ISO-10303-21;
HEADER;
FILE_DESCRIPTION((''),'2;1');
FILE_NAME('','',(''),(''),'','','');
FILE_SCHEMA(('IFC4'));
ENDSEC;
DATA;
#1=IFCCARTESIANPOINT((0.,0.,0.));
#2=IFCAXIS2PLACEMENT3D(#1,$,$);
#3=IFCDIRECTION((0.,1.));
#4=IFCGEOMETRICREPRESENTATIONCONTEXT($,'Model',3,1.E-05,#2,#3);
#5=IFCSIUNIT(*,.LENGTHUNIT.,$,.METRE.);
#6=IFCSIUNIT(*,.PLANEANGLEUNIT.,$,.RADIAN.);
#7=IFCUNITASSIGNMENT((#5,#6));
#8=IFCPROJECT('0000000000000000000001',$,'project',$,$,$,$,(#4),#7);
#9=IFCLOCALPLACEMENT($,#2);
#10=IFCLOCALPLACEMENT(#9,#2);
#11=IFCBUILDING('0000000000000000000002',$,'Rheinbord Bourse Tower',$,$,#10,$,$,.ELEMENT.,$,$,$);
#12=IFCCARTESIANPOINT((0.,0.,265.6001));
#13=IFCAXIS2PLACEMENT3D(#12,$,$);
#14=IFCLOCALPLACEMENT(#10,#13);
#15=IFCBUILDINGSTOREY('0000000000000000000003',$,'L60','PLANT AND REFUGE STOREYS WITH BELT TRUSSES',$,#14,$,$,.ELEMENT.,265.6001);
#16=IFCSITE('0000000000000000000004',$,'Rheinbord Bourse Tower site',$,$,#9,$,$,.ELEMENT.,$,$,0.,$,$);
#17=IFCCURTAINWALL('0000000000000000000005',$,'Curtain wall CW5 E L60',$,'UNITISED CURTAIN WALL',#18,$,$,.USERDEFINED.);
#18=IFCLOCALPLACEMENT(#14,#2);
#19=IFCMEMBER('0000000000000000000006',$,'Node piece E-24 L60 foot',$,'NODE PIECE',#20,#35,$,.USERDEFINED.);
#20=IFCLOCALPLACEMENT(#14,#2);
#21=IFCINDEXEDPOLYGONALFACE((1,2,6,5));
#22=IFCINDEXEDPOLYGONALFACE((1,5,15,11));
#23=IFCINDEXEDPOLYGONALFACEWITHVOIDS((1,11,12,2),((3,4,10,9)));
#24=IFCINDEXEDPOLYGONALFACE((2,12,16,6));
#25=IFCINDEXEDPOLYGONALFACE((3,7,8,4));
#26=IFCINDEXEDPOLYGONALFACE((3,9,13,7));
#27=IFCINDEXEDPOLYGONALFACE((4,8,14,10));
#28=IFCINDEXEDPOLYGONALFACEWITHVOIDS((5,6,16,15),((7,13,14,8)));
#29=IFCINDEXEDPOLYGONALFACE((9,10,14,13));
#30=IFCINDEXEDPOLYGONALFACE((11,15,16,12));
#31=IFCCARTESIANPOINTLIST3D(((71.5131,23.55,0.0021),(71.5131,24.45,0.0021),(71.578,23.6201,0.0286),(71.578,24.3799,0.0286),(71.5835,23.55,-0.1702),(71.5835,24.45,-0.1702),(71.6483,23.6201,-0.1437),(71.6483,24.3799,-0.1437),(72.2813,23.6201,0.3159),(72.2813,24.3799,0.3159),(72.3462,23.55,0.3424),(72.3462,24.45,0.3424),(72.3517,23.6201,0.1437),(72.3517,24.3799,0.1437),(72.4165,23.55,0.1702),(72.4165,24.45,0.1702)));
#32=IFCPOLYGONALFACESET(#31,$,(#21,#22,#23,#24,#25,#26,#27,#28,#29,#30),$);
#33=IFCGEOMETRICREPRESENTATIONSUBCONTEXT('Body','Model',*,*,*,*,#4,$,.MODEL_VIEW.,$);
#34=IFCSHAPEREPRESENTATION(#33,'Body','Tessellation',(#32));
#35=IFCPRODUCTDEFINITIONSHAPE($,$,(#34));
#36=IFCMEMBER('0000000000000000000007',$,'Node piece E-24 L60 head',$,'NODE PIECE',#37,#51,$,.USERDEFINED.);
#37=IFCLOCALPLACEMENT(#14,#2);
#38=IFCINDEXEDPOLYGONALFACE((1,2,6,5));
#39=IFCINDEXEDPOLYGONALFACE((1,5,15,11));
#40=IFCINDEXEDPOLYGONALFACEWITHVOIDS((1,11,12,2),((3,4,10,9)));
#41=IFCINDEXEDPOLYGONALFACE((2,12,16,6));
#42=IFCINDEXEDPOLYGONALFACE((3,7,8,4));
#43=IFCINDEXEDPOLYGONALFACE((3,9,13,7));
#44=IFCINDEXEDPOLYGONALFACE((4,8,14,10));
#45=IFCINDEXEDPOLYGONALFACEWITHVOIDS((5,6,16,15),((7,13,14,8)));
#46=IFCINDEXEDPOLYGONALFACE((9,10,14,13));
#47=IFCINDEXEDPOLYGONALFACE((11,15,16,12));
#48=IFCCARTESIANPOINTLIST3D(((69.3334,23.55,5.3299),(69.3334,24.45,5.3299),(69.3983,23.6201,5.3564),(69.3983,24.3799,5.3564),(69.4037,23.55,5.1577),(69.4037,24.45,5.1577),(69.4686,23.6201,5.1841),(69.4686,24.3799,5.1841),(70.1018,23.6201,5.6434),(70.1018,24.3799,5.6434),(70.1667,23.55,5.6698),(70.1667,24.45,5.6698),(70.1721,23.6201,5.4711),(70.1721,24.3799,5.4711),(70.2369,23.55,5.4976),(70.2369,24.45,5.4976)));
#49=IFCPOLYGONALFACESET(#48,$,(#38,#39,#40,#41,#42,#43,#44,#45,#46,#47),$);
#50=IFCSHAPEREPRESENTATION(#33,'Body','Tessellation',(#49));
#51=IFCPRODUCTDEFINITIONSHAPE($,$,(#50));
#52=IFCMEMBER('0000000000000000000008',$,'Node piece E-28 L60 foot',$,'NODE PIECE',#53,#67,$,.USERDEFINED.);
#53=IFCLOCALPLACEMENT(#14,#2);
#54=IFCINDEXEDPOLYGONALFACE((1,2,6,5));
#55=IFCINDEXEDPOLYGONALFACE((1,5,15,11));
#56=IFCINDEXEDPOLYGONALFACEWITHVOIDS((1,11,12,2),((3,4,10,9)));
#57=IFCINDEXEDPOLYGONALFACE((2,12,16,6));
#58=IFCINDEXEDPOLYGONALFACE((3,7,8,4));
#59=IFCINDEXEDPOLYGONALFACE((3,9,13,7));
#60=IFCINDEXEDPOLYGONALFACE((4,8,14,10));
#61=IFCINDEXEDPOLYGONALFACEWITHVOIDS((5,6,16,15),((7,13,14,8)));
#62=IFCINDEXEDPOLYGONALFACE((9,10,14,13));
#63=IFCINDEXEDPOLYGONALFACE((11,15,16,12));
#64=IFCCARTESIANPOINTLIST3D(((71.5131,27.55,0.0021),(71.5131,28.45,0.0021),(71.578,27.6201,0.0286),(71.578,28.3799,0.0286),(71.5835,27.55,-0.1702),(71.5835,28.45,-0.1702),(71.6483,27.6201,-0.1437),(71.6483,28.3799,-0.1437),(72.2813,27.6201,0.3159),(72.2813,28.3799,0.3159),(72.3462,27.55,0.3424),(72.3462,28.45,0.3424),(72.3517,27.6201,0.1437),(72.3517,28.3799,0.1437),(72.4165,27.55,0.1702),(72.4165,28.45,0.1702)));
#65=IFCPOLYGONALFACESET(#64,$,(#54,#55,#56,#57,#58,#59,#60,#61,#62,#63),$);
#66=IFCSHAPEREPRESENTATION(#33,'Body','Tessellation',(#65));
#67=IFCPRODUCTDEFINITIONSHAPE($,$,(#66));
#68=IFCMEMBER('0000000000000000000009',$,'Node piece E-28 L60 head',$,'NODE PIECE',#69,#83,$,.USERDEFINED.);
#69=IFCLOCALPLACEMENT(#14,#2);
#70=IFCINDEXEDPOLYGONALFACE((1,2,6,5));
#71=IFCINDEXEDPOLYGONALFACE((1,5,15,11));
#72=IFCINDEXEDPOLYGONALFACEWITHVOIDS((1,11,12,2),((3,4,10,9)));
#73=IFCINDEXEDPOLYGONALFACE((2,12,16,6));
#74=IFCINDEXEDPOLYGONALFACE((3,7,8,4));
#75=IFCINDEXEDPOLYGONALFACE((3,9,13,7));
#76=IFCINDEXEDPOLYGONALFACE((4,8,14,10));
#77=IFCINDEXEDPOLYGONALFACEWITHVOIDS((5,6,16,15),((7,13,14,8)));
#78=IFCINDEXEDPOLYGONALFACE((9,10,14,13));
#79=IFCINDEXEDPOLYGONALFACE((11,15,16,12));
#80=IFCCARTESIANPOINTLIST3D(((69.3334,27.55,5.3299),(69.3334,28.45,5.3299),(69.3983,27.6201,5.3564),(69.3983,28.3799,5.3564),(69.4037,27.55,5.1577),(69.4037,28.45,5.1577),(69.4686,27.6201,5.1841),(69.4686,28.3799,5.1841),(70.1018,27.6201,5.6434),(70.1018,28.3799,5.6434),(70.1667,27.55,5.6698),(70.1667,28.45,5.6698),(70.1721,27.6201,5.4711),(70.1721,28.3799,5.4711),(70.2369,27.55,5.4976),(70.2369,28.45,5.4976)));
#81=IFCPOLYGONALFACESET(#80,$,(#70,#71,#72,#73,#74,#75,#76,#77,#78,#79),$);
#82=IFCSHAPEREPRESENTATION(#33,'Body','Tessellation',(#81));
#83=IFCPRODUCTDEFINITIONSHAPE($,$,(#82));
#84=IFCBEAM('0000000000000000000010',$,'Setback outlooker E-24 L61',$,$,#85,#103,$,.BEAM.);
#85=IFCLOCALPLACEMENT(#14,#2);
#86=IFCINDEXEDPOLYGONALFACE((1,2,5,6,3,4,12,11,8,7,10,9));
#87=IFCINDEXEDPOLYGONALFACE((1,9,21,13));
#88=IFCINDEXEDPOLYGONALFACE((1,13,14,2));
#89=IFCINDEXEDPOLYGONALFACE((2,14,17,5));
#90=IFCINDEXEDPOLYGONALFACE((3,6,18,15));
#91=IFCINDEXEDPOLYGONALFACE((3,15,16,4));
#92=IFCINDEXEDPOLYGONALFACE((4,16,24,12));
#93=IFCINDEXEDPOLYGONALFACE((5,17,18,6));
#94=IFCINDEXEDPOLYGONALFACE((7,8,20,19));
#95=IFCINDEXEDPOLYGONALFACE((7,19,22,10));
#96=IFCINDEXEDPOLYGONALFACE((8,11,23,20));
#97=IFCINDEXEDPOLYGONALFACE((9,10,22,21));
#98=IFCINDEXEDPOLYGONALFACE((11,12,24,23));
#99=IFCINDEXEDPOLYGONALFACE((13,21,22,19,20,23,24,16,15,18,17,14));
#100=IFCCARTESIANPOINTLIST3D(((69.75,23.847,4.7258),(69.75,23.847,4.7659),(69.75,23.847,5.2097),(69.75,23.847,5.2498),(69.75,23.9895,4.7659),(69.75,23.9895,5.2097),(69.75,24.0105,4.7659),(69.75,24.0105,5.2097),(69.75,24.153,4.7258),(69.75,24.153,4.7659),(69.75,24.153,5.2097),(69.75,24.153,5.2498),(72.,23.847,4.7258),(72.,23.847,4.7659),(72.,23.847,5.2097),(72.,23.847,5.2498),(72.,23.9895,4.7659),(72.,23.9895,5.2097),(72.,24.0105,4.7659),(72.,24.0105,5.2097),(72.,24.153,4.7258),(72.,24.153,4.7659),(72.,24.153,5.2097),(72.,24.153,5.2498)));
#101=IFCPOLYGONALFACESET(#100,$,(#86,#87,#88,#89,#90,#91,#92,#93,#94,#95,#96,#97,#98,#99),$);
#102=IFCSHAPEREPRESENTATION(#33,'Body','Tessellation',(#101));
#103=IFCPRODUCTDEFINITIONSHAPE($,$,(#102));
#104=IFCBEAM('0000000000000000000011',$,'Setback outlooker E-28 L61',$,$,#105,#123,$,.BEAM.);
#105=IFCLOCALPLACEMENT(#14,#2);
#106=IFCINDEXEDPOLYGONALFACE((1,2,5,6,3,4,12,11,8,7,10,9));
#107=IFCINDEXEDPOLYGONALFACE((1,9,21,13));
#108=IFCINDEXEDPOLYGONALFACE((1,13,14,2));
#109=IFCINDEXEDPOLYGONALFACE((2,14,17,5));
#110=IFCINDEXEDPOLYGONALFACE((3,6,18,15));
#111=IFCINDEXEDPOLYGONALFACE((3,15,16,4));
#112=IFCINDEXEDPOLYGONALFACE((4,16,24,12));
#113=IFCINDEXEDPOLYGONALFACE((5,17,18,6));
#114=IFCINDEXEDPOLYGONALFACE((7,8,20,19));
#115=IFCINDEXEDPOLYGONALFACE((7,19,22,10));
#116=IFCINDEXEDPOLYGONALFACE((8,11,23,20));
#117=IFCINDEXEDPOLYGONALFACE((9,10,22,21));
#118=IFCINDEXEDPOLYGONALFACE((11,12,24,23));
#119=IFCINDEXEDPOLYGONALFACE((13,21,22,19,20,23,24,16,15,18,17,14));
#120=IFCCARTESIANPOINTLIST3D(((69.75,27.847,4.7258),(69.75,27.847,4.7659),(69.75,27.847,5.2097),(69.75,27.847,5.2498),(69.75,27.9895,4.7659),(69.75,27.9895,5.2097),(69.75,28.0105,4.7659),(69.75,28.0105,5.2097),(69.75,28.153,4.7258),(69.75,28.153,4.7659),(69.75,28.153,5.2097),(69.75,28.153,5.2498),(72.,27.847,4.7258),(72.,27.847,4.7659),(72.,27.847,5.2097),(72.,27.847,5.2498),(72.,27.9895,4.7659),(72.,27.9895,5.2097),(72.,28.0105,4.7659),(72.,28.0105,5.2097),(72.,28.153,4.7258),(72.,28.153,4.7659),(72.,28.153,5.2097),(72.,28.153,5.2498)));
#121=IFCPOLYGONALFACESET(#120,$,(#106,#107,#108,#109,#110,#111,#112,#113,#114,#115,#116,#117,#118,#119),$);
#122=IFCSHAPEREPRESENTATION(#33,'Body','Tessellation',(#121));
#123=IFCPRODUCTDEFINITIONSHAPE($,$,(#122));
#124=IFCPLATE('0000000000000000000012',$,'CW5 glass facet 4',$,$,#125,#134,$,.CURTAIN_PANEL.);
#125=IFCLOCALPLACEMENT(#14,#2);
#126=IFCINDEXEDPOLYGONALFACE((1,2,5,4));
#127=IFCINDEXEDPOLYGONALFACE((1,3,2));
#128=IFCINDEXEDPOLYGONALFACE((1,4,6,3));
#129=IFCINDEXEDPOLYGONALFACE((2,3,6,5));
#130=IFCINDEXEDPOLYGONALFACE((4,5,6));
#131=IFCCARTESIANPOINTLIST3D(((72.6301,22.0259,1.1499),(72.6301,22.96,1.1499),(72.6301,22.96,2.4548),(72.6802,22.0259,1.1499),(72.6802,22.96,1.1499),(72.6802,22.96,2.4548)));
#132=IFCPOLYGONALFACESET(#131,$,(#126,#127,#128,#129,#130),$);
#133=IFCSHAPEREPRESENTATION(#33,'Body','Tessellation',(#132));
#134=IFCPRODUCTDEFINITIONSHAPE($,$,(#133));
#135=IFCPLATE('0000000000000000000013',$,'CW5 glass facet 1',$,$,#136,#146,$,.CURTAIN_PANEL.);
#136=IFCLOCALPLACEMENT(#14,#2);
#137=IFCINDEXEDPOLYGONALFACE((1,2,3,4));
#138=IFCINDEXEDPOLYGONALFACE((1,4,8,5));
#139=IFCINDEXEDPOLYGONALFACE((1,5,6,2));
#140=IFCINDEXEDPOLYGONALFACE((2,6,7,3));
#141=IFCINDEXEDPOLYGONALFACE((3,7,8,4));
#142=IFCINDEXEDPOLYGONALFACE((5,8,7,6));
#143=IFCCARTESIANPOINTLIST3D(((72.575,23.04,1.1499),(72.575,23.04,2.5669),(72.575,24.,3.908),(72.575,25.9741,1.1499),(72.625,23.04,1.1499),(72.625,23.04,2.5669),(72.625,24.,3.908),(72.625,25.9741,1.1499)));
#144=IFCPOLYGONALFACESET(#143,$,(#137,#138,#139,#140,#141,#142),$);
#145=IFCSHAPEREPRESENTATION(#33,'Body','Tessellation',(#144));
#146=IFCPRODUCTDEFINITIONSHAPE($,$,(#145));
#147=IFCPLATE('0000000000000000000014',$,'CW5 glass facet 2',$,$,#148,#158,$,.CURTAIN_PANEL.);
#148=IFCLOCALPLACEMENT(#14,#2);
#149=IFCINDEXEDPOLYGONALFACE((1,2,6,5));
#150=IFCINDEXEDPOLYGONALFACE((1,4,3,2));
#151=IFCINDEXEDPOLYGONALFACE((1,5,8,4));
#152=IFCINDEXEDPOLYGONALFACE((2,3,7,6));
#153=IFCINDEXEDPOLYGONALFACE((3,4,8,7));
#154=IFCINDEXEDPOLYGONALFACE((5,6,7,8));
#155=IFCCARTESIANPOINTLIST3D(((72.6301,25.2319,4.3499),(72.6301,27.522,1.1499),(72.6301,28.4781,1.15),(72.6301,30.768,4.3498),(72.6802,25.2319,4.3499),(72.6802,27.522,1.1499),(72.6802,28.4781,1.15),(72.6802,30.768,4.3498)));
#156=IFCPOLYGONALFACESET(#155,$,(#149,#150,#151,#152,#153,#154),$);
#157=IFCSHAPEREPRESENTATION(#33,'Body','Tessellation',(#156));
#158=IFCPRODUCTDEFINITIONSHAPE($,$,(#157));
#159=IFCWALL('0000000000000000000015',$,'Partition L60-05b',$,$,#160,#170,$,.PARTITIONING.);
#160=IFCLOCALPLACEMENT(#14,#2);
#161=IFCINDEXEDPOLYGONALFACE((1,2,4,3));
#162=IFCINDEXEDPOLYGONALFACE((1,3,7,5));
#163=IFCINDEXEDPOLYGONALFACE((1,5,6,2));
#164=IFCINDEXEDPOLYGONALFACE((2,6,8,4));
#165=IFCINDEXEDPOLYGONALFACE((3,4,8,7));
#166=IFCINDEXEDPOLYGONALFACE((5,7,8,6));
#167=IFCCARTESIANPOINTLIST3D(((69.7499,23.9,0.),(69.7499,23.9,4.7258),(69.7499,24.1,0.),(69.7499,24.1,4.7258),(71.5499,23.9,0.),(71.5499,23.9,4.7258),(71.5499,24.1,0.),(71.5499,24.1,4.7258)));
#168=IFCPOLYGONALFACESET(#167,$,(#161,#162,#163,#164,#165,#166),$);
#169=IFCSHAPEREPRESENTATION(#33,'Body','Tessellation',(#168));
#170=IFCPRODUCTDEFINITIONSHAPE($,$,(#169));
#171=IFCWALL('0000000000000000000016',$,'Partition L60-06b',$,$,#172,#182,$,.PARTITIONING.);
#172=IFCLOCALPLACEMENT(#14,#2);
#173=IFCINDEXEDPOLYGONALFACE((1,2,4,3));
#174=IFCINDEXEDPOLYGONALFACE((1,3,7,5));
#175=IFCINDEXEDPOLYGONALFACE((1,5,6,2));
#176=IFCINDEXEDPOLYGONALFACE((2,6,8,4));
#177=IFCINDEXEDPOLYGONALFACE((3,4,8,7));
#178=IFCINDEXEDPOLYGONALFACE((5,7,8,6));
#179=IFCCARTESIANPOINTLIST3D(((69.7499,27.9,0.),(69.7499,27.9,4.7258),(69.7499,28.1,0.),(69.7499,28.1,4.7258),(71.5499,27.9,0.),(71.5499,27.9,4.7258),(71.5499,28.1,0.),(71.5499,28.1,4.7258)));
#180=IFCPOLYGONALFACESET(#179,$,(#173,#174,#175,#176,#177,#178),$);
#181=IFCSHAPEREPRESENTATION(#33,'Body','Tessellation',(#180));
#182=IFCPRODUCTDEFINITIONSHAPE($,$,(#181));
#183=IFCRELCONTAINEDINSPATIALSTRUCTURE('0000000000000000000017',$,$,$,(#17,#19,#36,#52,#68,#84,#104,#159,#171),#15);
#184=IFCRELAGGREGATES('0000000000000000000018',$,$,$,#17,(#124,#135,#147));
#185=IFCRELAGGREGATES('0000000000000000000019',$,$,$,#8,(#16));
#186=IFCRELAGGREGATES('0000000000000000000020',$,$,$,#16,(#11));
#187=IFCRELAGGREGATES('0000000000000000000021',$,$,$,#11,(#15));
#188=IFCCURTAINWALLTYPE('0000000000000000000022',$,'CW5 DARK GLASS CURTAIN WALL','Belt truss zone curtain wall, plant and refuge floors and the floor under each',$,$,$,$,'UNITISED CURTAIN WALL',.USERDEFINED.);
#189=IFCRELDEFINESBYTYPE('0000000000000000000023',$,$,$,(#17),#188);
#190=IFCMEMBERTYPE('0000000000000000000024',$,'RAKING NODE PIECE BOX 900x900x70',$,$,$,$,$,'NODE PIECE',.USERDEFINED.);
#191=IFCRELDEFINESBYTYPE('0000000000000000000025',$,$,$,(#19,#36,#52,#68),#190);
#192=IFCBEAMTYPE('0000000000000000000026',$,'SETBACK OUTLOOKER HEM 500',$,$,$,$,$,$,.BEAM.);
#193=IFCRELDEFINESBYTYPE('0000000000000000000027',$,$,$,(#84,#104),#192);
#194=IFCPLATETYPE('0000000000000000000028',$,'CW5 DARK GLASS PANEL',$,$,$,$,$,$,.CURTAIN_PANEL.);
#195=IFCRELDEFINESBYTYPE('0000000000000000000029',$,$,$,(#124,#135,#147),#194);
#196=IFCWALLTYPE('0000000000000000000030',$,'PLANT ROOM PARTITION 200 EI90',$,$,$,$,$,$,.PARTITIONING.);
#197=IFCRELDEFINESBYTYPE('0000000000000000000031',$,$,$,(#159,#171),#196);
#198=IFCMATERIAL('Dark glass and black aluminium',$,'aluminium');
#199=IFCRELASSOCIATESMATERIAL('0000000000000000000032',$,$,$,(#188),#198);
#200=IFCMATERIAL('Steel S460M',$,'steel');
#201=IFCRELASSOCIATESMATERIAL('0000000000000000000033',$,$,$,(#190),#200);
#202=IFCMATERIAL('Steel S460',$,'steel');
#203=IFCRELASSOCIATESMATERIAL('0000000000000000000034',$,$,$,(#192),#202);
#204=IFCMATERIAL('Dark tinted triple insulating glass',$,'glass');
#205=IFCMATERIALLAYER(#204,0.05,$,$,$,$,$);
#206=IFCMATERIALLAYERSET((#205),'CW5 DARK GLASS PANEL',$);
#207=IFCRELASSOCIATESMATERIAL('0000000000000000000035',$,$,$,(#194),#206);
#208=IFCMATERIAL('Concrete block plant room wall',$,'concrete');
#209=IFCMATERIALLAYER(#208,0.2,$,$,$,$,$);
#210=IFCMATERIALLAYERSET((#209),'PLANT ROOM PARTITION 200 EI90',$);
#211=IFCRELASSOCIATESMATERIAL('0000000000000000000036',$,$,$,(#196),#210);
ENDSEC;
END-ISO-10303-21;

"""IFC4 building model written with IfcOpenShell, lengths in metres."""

from ifc_helpers import new_model, si_unit, direction, frame, frame_2d, origin, origin_2d, place, context, subcontext, project, spatial, polyline, rectangle, hollow_rectangle, i_section, outline, extrude, material, layer, layer_set, material_profile, profile_set, type_object, element, aggregate, save


model = new_model("IFC4")

# Units and contexts
model_context = context("Model", 3, precision=1e-05, world=origin(), true_north=direction((0.0, 1.0)))
body_context = subcontext(model_context, "Body", "Model", "MODEL_VIEW")
ifc_project = project(units=[si_unit("LENGTHUNIT", "METRE"), si_unit("PLANEANGLEUNIT", "RADIAN")], contexts=[model_context])

# Site, building, storey
site_placement = place(None, origin())
site = spatial("IfcSite", under=ifc_project, at=site_placement, Name="Rheinbord Bourse Tower site", CompositionType="ELEMENT", RefElevation=0.0)
building_placement = place(site_placement, origin())
building = spatial("IfcBuilding", under=site, at=building_placement, Name="Rheinbord Bourse Tower", CompositionType="ELEMENT")
storey_placement = place(building_placement, frame((0.0, 0.0, 265.6001)))
storey = spatial("IfcBuildingStorey", under=building, at=storey_placement, Name="L60", Description="PLANT AND REFUGE STOREYS WITH BELT TRUSSES", CompositionType="ELEMENT", Elevation=265.6001)

# Curtain wall
ifc_material_1 = material(Name="Dark glass and black aluminium", Category="aluminium")
curtain_wall_type = type_object("IfcCurtainWallType", Name="CW5 DARK GLASS CURTAIN WALL", Description="Belt truss zone curtain wall, plant and refuge floors and the floor under each", ElementType="UNITISED CURTAIN WALL", PredefinedType="USERDEFINED", material=ifc_material_1)
curtain_wall_placement = place(storey_placement, origin())
curtain_wall = element("IfcCurtainWall", 1, at=curtain_wall_placement, inside=storey, type_object=curtain_wall_type, Name="Curtain wall CW5 E L60", ObjectType="UNITISED CURTAIN WALL", PredefinedType="USERDEFINED")

# Members
ifc_material_2 = material(Name="Steel S460M", Category="steel")
ifc_material_profile_1 = material_profile(ifc_material_2, hollow_rectangle(XDim=0.8999, YDim=0.8999, WallThickness=0.0701, at=origin_2d()), Name="BOX 900x900x70")
ifc_profile_set_1 = profile_set([ifc_material_profile_1], Name="Steel S460M")
member_type_1 = type_object("IfcMemberType", Name="RAKING NODE PIECE BOX 900x900x70", ElementType="NODE PIECE", PredefinedType="USERDEFINED", material=ifc_profile_set_1)
for number, where, z_axis, x_axis, name in (
    (2, (72.0, 24.0, 0.0), (-0.378173, 0.0, 0.925735), (0.925735, 0.0, 0.378173), "Node piece E-24 L60 foot"),
    (3, (69.8203, 24.0, 5.3276), (-0.377713, 0.0, 0.925923), (0.925923, 0.0, 0.377713), "Node piece E-24 L60 head"),
    (4, (72.0, 28.0, 0.0), (-0.378173, 0.0, 0.925735), (0.925735, 0.0, 0.378173), "Node piece E-28 L60 foot"),
    (5, (69.8203, 28.0, 5.3276), (-0.377713, 0.0, 0.925923), (0.925923, 0.0, 0.377713), "Node piece E-28 L60 head"),
):
    element("IfcMember", number, at=place(storey_placement, frame(where, z_axis=z_axis, x_axis=x_axis)), inside=storey, type_object=member_type_1, Name=name, ObjectType="NODE PIECE", PredefinedType="USERDEFINED", context=body_context, shape_type="SweptSolid", body=[
        extrude(hollow_rectangle(XDim=0.8999, YDim=0.8999, WallThickness=0.0701, at=origin_2d()), origin(), (0.0, 0.0, 1.0), 0.186),
    ])

# Beams
ifc_material_3 = material(Name="Steel S460", Category="steel")
ifc_material_profile_2 = material_profile(ifc_material_3, i_section(OverallWidth=0.3059, OverallDepth=0.5239, WebThickness=0.021, FlangeThickness=0.04, at=origin_2d()), Name="HEM 500")
ifc_profile_set_2 = profile_set([ifc_material_profile_2], Name="Steel S460")
beam_type_1 = type_object("IfcBeamType", Name="SETBACK OUTLOOKER HEM 500", PredefinedType="BEAM", material=ifc_profile_set_2)
for number, where, z_axis, x_axis, name in (
    (6, (69.75, 24.0, 4.9878), (1.0, 0.0, 0.0), (0.0, 1.0, 0.0), "Setback outlooker E-24 L61"),
    (7, (69.75, 28.0, 4.9878), (1.0, 0.0, 0.0), (0.0, 1.0, 0.0), "Setback outlooker E-28 L61"),
):
    element("IfcBeam", number, at=place(storey_placement, frame(where, z_axis=z_axis, x_axis=x_axis)), inside=storey, type_object=beam_type_1, Name=name, PredefinedType="BEAM", context=body_context, shape_type="SweptSolid", body=[
        extrude(i_section(OverallWidth=0.3059, OverallDepth=0.5239, WebThickness=0.021, FlangeThickness=0.04, at=origin_2d()), origin(), (0.0, 0.0, 1.0), 2.25),
    ])

# Plates
ifc_material_4 = material(Name="Dark tinted triple insulating glass", Category="glass")
ifc_layer_1 = layer(ifc_material_4, 0.05)
ifc_layer_set_1 = layer_set([ifc_layer_1], Name="CW5 DARK GLASS PANEL")
plate_type = type_object("IfcPlateType", Name="CW5 DARK GLASS PANEL", PredefinedType="CURTAIN_PANEL", material=ifc_layer_set_1)
plate_1_placement = place(storey_placement, frame((72.6802, 22.96, 1.1499), z_axis=(-1.0, 0.0, 0.0), x_axis=(0.0, -1.0, 0.0)))
plate_1 = element("IfcPlate", 8, at=plate_1_placement, type_object=plate_type, Name="CW5 glass facet 4", PredefinedType="CURTAIN_PANEL", context=body_context, shape_type="SweptSolid", body=[
    extrude(outline(polyline([(0.0, 0.0), (0.9341, 0.0), (0.0, 1.3049), (0.0, 0.0)])), origin(), (0.0, 0.0, 1.0), 0.05),
])
plate_2_placement = place(storey_placement, frame((72.625, 23.04, 1.1499), z_axis=(-1.0, 0.0, 0.0), x_axis=(0.0, 0.0, 1.0)))
plate_2 = element("IfcPlate", 9, at=plate_2_placement, type_object=plate_type, Name="CW5 glass facet 1", PredefinedType="CURTAIN_PANEL", context=body_context, shape_type="SweptSolid", body=[
    extrude(outline(polyline([(0.0, 0.0), (1.417, 0.0), (2.7581, 0.96), (0.0, 2.9341), (0.0, 0.0)])), origin(), (0.0, 0.0, 1.0), 0.05),
])
plate_3_placement = place(storey_placement, frame((72.6802, 27.522, 1.1499), z_axis=(-1.0, 0.0, 0.0), x_axis=(0.0, -0.581972, 0.813209)))
plate_3 = element("IfcPlate", 10, at=plate_3_placement, type_object=plate_type, Name="CW5 glass facet 2", PredefinedType="CURTAIN_PANEL", context=body_context, shape_type="SweptSolid", body=[
    extrude(outline(polyline([(0.0, 0.0), (3.9351, 0.0), (0.7131, 4.502), (-0.5564, 0.7776), (0.0, 0.0)])), origin(), (0.0, 0.0, 1.0), 0.05),
])
aggregate(curtain_wall, [plate_1, plate_2, plate_3])

# Walls
ifc_material_5 = material(Name="Concrete block plant room wall", Category="concrete")
ifc_layer_2 = layer(ifc_material_5, 0.2)
ifc_layer_set_2 = layer_set([ifc_layer_2], Name="PLANT ROOM PARTITION 200 EI90")
wall_type = type_object("IfcWallType", Name="PLANT ROOM PARTITION 200 EI90", PredefinedType="PARTITIONING", material=ifc_layer_set_2)
for number, where, z_axis, x_axis, name in (
    (11, (69.75, 24.0, 0.0), (0.0, 0.0, 1.0), (1.0, 0.0, 0.0), "Partition L60-05b"),
    (12, (69.75, 28.0, 0.0), (0.0, 0.0, 1.0), (1.0, 0.0, 0.0), "Partition L60-06b"),
):
    element("IfcWall", number, at=place(storey_placement, frame(where, z_axis=z_axis, x_axis=x_axis)), inside=storey, type_object=wall_type, Name=name, PredefinedType="PARTITIONING", context=body_context, shape_type="SweptSolid", body=[
        extrude(rectangle(XDim=1.8, YDim=0.2, at=frame_2d((0.8999, 0.0))), origin(), (0.0, 0.0, 1.0), 4.7258),
    ])

save(model, "model.ifc")
